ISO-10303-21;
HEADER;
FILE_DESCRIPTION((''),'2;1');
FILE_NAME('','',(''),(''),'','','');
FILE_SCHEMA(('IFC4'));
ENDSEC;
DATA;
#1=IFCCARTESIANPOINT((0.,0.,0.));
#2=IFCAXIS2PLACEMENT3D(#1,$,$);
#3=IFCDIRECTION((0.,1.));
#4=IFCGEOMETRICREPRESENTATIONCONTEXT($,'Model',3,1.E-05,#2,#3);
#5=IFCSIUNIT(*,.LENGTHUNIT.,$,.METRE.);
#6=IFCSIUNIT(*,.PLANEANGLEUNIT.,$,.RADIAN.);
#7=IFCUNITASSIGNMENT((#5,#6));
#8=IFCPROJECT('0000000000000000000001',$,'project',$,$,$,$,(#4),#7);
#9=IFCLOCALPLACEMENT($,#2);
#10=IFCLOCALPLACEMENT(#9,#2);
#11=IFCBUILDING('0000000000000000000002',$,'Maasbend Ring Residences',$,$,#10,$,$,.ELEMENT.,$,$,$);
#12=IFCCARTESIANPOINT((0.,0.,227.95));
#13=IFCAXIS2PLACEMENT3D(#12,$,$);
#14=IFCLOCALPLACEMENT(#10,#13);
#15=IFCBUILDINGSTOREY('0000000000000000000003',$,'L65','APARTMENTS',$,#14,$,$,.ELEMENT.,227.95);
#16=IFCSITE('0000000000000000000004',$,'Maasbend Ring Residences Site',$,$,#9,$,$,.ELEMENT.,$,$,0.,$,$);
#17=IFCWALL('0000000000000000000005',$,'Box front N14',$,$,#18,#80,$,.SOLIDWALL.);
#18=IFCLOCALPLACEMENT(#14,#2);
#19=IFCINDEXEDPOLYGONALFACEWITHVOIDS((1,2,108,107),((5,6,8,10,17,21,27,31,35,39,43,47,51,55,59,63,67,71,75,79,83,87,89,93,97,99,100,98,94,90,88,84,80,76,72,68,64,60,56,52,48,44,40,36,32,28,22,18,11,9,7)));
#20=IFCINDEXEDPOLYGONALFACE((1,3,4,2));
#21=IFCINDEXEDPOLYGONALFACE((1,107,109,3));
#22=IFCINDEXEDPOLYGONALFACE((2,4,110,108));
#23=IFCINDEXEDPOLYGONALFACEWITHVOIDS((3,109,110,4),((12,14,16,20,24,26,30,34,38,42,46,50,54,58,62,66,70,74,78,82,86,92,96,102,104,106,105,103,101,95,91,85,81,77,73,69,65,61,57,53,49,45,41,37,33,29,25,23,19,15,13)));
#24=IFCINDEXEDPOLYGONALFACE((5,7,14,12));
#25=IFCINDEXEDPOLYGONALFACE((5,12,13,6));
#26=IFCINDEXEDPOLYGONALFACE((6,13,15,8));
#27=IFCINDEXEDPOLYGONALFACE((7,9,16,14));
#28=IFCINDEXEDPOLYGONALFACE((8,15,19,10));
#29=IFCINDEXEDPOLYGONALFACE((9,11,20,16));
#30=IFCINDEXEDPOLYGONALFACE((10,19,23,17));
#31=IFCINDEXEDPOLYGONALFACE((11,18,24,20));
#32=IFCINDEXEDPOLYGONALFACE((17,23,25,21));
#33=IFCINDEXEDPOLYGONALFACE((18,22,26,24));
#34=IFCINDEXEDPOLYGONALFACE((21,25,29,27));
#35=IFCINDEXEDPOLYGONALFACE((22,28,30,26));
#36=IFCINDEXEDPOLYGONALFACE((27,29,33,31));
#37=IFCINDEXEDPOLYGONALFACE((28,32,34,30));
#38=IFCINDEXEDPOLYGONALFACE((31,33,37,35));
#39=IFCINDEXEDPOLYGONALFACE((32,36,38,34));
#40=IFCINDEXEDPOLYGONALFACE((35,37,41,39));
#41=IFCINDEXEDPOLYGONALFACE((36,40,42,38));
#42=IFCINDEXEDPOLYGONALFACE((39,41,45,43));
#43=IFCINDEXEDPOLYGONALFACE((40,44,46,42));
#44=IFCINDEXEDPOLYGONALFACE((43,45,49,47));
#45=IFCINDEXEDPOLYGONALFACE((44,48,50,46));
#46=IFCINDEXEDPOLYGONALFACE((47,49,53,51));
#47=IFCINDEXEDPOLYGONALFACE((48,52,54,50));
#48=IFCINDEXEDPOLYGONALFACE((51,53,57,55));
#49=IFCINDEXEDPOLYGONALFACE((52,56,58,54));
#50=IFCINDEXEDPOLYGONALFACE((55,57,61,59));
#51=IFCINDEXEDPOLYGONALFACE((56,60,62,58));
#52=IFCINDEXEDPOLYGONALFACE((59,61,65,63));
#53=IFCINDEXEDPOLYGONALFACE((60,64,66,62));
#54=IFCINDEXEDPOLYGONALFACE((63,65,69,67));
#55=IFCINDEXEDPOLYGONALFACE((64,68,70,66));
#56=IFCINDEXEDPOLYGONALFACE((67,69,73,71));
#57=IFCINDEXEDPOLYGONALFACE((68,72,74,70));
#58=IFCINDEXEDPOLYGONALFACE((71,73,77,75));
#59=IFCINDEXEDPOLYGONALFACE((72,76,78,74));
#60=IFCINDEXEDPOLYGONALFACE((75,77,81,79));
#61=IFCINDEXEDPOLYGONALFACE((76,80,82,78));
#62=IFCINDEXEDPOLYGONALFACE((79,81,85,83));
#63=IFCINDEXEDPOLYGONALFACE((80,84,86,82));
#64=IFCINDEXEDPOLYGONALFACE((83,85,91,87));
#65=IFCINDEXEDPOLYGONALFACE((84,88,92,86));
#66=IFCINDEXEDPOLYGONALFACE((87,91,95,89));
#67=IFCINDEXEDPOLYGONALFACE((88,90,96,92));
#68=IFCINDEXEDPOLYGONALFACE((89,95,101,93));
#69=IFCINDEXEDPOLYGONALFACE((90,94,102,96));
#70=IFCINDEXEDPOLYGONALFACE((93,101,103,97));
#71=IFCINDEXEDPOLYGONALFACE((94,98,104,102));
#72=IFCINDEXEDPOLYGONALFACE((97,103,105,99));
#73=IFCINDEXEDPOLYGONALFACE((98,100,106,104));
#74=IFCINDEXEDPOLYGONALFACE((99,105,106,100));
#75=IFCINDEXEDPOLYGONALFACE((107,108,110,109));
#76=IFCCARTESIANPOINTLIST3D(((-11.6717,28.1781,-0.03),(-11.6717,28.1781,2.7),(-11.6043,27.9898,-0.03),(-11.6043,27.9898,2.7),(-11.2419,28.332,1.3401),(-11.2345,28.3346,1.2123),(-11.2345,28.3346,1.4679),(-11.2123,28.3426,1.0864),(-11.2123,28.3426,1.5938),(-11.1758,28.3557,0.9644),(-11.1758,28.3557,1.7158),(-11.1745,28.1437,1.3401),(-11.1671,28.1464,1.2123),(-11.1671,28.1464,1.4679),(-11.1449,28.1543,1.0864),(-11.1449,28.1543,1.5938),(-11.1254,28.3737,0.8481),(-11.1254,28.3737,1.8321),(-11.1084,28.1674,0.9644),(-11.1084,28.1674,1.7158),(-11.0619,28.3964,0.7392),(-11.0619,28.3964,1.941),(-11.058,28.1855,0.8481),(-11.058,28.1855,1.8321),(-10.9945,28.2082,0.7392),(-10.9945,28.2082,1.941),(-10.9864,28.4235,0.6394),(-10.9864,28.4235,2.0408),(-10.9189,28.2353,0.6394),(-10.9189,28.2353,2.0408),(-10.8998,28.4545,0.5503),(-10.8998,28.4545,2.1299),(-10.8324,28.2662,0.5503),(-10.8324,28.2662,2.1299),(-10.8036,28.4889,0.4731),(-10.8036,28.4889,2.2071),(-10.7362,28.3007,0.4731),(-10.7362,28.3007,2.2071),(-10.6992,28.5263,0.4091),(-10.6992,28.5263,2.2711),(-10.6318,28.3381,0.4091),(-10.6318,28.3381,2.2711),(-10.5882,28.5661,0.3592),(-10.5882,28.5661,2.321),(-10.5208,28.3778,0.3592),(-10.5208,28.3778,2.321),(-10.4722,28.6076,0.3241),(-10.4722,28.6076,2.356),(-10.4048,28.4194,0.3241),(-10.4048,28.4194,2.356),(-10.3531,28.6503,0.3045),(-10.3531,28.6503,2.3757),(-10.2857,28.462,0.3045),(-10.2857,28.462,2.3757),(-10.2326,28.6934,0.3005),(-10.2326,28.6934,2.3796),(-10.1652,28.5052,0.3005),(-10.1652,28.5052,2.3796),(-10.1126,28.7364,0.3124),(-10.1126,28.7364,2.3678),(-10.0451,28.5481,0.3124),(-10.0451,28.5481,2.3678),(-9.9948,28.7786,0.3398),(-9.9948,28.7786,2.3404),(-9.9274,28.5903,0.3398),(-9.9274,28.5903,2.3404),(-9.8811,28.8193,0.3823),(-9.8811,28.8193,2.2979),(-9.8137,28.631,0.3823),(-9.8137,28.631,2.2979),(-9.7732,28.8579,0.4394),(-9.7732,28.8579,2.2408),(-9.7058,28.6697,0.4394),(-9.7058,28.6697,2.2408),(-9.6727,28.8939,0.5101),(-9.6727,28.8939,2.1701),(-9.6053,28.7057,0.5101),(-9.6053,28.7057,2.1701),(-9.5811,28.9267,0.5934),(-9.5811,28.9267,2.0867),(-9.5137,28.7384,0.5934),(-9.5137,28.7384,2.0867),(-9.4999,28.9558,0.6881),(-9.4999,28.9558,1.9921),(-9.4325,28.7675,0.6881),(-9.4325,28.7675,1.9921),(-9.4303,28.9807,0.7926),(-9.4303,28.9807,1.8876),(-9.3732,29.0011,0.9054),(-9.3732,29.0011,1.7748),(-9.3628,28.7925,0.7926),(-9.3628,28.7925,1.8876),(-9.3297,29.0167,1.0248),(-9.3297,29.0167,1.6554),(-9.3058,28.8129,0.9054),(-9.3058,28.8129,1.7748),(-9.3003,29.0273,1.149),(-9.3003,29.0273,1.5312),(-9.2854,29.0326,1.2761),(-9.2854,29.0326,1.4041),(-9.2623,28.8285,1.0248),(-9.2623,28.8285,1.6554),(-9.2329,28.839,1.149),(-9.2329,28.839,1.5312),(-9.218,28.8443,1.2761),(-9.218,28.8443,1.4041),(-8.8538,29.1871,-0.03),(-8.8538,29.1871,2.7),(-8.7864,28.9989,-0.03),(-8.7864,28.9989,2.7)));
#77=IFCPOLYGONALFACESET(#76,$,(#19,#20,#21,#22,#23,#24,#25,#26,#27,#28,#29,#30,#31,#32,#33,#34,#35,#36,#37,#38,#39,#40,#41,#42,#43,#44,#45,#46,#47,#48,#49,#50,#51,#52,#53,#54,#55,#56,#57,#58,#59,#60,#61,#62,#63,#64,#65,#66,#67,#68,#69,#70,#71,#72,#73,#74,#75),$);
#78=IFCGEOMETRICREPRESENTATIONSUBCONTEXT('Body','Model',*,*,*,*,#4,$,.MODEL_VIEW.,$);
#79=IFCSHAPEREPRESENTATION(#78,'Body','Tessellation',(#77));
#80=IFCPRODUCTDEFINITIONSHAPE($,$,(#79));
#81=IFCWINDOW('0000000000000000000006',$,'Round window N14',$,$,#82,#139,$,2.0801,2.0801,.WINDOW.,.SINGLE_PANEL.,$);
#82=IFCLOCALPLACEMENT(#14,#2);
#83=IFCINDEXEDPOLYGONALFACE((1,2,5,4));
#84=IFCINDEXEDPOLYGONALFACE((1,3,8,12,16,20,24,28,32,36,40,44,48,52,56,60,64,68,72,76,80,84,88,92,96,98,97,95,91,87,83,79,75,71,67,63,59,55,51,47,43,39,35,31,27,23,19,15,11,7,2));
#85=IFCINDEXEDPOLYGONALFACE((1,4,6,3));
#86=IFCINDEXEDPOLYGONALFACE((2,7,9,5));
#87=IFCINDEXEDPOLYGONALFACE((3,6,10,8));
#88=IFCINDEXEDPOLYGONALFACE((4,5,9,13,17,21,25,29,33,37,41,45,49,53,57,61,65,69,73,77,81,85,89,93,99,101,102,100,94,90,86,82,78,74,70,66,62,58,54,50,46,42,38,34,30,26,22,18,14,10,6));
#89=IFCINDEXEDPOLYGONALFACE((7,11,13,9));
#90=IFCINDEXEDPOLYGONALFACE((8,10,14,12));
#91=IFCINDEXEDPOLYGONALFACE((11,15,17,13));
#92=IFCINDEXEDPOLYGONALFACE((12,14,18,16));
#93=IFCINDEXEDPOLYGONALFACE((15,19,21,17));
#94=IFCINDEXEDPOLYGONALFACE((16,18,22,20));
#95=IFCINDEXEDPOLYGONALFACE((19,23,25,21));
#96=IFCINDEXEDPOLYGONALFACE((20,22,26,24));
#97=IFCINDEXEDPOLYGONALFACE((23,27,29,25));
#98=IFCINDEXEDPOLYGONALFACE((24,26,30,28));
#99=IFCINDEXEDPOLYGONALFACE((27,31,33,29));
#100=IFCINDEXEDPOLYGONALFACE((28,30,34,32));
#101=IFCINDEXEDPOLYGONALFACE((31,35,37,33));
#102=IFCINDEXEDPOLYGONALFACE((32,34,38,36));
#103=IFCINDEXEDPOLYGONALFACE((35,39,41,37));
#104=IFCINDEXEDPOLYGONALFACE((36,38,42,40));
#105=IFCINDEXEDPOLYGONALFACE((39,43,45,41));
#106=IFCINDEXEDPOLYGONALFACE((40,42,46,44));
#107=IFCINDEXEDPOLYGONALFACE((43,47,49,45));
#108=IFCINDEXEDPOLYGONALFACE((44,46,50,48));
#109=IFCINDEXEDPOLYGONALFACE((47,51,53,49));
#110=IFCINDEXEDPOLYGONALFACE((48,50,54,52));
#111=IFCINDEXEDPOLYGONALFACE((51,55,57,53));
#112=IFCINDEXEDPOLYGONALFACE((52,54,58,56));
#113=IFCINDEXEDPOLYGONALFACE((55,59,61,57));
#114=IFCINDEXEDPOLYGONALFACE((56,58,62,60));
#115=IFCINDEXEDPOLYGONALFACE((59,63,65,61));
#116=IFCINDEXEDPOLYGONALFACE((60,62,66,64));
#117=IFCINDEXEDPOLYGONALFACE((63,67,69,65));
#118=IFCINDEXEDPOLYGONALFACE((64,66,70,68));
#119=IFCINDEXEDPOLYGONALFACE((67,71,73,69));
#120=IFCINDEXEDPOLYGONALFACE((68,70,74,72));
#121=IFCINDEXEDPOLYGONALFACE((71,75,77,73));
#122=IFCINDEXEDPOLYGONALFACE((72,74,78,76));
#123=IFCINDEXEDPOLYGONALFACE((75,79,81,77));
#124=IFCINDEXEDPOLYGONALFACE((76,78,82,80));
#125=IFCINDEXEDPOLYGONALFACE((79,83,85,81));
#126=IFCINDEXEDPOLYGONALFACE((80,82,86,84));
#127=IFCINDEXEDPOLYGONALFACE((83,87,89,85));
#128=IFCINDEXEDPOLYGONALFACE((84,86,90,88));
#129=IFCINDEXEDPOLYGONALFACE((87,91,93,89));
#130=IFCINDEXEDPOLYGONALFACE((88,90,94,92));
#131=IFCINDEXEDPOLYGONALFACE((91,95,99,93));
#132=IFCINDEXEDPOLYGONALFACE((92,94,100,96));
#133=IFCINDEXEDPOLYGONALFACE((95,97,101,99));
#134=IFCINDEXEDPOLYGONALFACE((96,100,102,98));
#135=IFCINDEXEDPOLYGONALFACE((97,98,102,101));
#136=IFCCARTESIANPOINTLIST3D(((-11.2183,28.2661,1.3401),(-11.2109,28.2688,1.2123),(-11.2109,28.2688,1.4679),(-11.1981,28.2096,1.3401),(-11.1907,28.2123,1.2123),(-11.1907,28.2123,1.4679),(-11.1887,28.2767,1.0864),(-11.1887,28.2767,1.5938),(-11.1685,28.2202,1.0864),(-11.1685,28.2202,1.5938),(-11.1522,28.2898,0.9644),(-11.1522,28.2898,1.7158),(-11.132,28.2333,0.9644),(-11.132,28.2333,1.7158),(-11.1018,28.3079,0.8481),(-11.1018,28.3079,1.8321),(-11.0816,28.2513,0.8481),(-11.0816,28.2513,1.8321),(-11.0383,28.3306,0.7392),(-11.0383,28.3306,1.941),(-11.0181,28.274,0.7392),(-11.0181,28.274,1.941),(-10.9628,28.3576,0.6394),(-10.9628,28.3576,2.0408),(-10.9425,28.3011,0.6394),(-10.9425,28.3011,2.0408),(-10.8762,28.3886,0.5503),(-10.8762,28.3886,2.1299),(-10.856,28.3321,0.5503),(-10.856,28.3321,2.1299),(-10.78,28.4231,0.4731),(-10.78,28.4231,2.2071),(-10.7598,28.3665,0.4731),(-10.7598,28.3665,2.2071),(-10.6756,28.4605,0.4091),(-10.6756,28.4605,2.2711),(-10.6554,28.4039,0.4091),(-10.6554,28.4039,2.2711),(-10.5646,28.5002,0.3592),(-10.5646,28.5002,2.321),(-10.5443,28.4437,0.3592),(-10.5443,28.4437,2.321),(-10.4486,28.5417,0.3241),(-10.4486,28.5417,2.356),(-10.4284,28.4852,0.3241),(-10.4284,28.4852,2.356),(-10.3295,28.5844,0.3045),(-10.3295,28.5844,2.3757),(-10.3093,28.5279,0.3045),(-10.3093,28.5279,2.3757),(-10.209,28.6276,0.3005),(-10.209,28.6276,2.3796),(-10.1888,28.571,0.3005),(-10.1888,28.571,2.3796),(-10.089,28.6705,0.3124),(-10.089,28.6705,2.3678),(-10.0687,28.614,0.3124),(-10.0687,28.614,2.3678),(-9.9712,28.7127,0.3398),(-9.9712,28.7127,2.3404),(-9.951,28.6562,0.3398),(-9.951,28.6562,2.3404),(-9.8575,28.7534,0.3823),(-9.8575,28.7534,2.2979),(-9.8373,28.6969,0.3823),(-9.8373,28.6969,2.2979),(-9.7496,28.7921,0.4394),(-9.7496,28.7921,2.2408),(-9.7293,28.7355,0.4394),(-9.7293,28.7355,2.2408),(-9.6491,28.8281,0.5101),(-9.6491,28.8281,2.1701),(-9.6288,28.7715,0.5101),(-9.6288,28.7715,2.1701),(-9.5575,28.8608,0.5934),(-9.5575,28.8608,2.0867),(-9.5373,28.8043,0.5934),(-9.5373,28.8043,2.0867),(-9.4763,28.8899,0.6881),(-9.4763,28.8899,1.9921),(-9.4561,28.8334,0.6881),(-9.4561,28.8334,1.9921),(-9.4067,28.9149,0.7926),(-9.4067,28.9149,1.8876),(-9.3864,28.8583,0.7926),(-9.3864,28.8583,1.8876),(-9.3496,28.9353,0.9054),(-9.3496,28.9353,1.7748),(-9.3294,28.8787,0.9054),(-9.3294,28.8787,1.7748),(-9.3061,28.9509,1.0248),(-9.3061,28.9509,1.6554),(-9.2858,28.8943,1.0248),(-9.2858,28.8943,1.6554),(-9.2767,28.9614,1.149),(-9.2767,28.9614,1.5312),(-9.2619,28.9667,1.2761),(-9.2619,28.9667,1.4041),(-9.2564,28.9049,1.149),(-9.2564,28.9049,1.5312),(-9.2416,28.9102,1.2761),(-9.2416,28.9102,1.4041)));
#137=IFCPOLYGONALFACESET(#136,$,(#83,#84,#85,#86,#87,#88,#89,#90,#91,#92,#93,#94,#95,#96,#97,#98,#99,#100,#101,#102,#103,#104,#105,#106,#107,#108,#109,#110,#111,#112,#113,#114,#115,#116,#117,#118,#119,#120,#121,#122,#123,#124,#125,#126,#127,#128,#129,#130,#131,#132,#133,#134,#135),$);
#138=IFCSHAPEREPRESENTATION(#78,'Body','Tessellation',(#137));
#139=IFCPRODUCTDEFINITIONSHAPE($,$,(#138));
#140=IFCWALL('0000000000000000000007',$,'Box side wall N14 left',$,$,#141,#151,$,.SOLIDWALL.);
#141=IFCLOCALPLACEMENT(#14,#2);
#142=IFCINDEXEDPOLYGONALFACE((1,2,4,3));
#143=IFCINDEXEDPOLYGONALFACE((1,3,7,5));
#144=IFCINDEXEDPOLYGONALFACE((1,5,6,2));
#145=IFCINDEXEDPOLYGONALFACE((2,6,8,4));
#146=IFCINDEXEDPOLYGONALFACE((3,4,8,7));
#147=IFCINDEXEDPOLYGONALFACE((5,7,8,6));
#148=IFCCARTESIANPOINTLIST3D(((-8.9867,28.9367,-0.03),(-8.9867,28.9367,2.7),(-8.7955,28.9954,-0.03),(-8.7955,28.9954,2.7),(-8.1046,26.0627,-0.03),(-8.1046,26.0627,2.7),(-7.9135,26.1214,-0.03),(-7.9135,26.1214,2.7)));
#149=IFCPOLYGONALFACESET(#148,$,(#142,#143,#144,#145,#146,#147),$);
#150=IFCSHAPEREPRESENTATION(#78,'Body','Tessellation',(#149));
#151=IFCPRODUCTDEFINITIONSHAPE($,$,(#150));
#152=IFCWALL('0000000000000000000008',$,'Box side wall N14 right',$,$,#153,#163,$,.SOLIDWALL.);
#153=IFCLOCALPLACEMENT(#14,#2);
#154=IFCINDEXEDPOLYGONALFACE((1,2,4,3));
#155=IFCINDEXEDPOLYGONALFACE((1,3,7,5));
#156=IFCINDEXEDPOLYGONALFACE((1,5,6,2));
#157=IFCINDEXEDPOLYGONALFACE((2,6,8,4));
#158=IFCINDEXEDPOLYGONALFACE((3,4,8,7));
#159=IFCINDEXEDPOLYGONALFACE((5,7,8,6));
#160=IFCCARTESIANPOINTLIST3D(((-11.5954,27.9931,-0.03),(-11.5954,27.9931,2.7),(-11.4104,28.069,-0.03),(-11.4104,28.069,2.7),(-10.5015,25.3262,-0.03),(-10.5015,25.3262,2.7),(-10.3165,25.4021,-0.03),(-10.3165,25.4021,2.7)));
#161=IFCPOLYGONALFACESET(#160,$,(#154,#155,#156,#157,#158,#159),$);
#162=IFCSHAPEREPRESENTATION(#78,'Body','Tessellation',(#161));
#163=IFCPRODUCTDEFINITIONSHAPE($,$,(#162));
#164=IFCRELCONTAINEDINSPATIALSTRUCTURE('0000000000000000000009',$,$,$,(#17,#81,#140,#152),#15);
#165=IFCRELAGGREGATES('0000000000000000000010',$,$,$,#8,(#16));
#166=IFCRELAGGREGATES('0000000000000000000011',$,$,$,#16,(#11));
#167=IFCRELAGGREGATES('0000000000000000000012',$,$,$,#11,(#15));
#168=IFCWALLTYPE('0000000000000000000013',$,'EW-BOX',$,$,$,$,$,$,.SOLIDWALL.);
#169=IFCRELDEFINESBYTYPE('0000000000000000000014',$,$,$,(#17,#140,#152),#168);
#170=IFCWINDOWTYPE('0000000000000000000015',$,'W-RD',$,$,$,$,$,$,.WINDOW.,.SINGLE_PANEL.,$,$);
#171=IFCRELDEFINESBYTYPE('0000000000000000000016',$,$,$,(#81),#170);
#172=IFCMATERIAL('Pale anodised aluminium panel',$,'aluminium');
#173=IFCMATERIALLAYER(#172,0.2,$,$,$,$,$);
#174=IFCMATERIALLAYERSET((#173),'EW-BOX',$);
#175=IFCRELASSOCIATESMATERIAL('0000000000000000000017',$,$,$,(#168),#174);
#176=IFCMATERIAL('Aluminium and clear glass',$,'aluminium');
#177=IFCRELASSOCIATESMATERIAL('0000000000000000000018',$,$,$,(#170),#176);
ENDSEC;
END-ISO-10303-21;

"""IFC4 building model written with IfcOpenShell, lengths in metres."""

from ifc_helpers import new_model, si_unit, direction, frame, frame_2d, origin, place, context, subcontext, project, spatial, rectangle, circle, extrude, material, layer, layer_set, type_object, element, fill, save


model = new_model("IFC4")

# Units and contexts
model_context = context("Model", 3, precision=1e-05, world=origin(), true_north=direction((0.0, 1.0)))
body_context = subcontext(model_context, "Body", "Model", "MODEL_VIEW")
ifc_project = project(units=[si_unit("LENGTHUNIT", "METRE"), si_unit("PLANEANGLEUNIT", "RADIAN")], contexts=[model_context])

# Site, building, storey
site_placement = place(None, origin())
site = spatial("IfcSite", under=ifc_project, at=site_placement, Name="Maasbend Ring Residences Site", CompositionType="ELEMENT", RefElevation=0.0)
building_placement = place(site_placement, origin())
building = spatial("IfcBuilding", under=site, at=building_placement, Name="Maasbend Ring Residences", CompositionType="ELEMENT")
storey_placement = place(building_placement, frame((0.0, 0.0, 227.95)))
storey = spatial("IfcBuildingStorey", under=building, at=storey_placement, Name="L65", Description="APARTMENTS", CompositionType="ELEMENT", Elevation=227.95)

# Shared definitions
ifc_material_1 = material(Name="Pale anodised aluminium panel", Category="aluminium")
ifc_layer_1 = layer(ifc_material_1, 0.2)
ifc_layer_set_1 = layer_set([ifc_layer_1], Name="EW-BOX")
wall_type_1 = type_object("IfcWallType", Name="EW-BOX", PredefinedType="SOLIDWALL", material=ifc_layer_set_1)
ifc_material_2 = material(Name="Aluminium and clear glass", Category="aluminium")
window_type_1 = type_object("IfcWindowType", Name="W-RD", PartitioningType="SINGLE_PANEL", PredefinedType="WINDOW", material=ifc_material_2)

# Wall, opening, window
wall_1_placement = place(storey_placement, frame((-8.8201, 29.093, -0.03), z_axis=(0.0, 0.0, 1.0), x_axis=(-0.941461, -0.337122, 0.0)))
wall_1 = element("IfcWall", 1, at=wall_1_placement, inside=storey, type_object=wall_type_1, Name="Box front N14", PredefinedType="SOLIDWALL", context=body_context, shape_type="SweptSolid", body=[
    extrude(rectangle(XDim=2.9932, YDim=0.2, at=frame_2d((1.4966, 0.0))), origin(), (0.0, 0.0, 1.0), 2.73),
])
opening_1_placement = place(wall_1_placement, frame((0.4565, 0.0, 0.3301)))
opening_1 = element("IfcOpeningElement", 2, at=opening_1_placement, cuts=wall_1, PredefinedType="OPENING", context=body_context, shape_type="SweptSolid", body=[
    extrude(circle(Radius=1.04, at=frame_2d((1.04, 1.04))), frame((0.0, 0.1099, 0.0), z_axis=(0.0, -1.0, 0.0), x_axis=(1.0, 0.0, 0.0)), (0.0, 0.0, 1.0), 0.22),
])
window_1_placement = place(opening_1_placement, origin())
window_1 = element("IfcWindow", 3, at=window_1_placement, inside=storey, type_object=window_type_1, Name="Round window N14", OverallHeight=2.0801, OverallWidth=2.0801, PartitioningType="SINGLE_PANEL", PredefinedType="WINDOW", context=body_context, shape_type="SweptSolid", body=[
    extrude(circle(Radius=1.04, at=frame_2d((1.04, 1.04))), frame((0.0, 0.03, 0.0), z_axis=(0.0, -1.0, 0.0), x_axis=(1.0, 0.0, 0.0)), (0.0, 0.0, 1.0), 0.0601),
])
fill(opening_1, window_1)

# Walls
wall_2_placement = place(storey_placement, frame((-8.009, 26.092, -0.03), z_axis=(0.0, 0.0, 1.0), x_axis=(-0.293407, 0.955988, 0.0)))
element("IfcWall", 4, at=wall_2_placement, inside=storey, type_object=wall_type_1, Name="Box side wall N14 left", PredefinedType="SOLIDWALL", context=body_context, shape_type="SweptSolid", body=[
    extrude(rectangle(XDim=3.0063, YDim=0.2, at=frame_2d((1.5032, 0.0))), origin(), (0.0, 0.0, 1.0), 2.73),
])
wall_3_placement = place(storey_placement, frame((-10.4089, 25.364, -0.03), z_axis=(0.0, 0.0, 1.0), x_axis=(-0.37951, 0.925188, 0.0)))
element("IfcWall", 5, at=wall_3_placement, inside=storey, type_object=wall_type_1, Name="Box side wall N14 right", PredefinedType="SOLIDWALL", context=body_context, shape_type="SweptSolid", body=[
    extrude(rectangle(XDim=2.8826, YDim=0.2, at=frame_2d((1.4414, 0.0))), origin(), (0.0, 0.0, 1.0), 2.73),
])

save(model, "model.ifc")
